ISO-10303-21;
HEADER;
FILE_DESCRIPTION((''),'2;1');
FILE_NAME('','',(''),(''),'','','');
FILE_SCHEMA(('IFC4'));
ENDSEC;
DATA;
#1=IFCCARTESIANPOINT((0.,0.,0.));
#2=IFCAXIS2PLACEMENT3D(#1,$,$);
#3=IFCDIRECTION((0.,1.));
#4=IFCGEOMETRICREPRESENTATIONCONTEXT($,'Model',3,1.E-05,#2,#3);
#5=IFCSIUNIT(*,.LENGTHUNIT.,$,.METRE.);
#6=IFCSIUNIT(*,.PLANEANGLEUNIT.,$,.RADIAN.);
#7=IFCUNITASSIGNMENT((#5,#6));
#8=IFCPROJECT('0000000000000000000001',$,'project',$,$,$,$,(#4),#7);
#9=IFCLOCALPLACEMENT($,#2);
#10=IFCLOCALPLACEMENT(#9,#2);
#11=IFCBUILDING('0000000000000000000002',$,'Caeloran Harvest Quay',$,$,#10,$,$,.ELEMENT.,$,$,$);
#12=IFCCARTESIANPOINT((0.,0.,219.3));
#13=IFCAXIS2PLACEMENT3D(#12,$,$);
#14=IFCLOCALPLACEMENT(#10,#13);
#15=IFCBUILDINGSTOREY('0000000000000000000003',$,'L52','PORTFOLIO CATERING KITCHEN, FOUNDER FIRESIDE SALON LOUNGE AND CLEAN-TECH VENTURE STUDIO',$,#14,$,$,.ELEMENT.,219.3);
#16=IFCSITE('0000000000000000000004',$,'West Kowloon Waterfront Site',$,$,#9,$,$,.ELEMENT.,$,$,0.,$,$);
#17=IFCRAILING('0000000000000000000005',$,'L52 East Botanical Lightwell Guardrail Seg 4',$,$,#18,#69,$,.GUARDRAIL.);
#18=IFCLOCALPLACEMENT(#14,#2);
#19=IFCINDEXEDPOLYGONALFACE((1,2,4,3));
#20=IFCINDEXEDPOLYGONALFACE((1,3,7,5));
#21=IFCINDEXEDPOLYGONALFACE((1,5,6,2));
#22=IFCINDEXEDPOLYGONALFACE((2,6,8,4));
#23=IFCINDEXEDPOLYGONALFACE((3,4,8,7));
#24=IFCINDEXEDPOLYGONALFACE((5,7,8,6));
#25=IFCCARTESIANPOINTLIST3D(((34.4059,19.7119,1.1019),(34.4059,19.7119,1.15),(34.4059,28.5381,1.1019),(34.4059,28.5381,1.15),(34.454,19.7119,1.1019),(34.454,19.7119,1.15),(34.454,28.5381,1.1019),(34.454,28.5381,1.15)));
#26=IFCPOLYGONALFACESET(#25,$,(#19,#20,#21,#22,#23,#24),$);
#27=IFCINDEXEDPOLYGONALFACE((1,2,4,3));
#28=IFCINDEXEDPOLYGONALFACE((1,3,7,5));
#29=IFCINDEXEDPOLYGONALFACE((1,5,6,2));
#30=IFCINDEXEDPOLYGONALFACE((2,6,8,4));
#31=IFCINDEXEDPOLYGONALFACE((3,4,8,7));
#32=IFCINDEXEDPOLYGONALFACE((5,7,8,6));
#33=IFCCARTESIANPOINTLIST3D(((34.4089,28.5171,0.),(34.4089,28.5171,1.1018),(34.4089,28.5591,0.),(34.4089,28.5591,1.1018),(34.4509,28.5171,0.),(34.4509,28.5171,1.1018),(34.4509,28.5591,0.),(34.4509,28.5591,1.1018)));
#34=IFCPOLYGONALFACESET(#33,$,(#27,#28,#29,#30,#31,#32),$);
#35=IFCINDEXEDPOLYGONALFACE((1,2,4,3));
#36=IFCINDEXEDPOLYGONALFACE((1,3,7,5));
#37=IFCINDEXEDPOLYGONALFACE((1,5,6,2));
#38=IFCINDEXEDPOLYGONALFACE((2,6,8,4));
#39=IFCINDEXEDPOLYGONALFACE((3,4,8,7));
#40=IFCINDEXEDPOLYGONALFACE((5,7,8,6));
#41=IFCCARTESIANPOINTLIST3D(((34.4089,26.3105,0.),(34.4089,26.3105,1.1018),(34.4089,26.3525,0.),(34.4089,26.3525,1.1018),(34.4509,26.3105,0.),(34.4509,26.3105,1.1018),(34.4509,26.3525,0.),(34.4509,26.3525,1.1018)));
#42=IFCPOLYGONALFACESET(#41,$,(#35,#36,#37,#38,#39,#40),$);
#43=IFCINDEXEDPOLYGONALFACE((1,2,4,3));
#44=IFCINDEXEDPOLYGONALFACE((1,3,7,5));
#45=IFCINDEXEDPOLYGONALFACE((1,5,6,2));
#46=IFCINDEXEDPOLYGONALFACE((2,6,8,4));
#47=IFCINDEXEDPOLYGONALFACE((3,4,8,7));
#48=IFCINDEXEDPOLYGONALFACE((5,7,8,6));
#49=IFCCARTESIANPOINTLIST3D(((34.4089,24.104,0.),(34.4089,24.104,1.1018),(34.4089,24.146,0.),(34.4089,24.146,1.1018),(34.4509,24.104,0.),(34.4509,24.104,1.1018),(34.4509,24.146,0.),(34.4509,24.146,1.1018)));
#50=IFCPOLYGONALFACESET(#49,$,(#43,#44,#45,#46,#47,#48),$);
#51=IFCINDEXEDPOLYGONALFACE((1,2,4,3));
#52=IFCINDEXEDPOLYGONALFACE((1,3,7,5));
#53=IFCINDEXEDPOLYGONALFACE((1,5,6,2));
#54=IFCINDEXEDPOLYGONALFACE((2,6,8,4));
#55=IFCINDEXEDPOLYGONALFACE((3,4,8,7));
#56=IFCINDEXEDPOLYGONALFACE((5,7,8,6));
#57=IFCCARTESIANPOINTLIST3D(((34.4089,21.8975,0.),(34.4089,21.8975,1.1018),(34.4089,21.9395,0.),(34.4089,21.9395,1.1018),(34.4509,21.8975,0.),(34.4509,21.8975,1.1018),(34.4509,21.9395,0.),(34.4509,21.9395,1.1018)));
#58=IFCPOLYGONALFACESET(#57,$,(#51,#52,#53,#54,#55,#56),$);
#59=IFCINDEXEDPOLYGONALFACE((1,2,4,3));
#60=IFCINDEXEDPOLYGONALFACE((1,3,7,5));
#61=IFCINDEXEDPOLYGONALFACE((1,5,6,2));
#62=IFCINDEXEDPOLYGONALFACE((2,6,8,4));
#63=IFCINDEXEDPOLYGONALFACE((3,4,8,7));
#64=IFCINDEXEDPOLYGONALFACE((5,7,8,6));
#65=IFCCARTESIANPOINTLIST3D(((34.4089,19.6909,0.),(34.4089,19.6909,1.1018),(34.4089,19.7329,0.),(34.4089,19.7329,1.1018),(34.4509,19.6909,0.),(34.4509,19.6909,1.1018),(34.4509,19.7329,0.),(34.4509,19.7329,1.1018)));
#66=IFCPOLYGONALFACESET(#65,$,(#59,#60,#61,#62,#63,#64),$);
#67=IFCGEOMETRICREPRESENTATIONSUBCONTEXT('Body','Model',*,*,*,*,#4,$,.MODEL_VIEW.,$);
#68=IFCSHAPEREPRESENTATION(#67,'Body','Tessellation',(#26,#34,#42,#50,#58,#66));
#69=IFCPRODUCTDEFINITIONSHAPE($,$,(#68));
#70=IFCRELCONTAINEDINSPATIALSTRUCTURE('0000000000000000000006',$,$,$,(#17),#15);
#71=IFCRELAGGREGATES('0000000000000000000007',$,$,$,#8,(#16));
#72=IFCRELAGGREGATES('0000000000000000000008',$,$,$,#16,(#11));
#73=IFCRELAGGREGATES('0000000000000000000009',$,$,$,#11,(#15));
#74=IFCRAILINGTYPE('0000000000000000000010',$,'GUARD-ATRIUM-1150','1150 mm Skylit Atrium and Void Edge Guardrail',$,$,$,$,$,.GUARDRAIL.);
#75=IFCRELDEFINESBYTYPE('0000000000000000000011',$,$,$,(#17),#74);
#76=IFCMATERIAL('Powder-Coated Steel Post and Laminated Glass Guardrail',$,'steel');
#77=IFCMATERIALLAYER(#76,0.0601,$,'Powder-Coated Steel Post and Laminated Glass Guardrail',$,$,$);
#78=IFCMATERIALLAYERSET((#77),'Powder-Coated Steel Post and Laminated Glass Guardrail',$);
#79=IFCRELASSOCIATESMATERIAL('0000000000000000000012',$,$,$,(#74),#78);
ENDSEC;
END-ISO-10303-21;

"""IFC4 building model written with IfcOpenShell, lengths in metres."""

from ifc_helpers import new_model, si_unit, direction, frame, origin, origin_2d, place, context, subcontext, project, spatial, rectangle, extrude, material, layer, layer_set, type_object, element, save


model = new_model("IFC4")

# Units and contexts
model_context = context("Model", 3, precision=1e-05, world=origin(), true_north=direction((0.0, 1.0)))
body_context = subcontext(model_context, "Body", "Model", "MODEL_VIEW")
ifc_project = project(units=[si_unit("LENGTHUNIT", "METRE"), si_unit("PLANEANGLEUNIT", "RADIAN")], contexts=[model_context])

# Site, building, storey
site_placement = place(None, origin())
site = spatial("IfcSite", under=ifc_project, at=site_placement, Name="West Kowloon Waterfront Site", CompositionType="ELEMENT", RefElevation=0.0)
building_placement = place(site_placement, origin())
building = spatial("IfcBuilding", under=site, at=building_placement, Name="Caeloran Harvest Quay", CompositionType="ELEMENT")
storey_placement = place(building_placement, frame((0.0, 0.0, 219.3)))
storey = spatial("IfcBuildingStorey", under=building, at=storey_placement, Name="L52", Description="PORTFOLIO CATERING KITCHEN, FOUNDER FIRESIDE SALON LOUNGE AND CLEAN-TECH VENTURE STUDIO", CompositionType="ELEMENT", Elevation=219.3)

# Railing
ifc_material_1 = material(Name="Powder-Coated Steel Post and Laminated Glass Guardrail", Category="steel")
ifc_layer_1 = layer(ifc_material_1, 0.0601, Name="Powder-Coated Steel Post and Laminated Glass Guardrail")
ifc_layer_set_1 = layer_set([ifc_layer_1], Name="Powder-Coated Steel Post and Laminated Glass Guardrail")
railing_type = type_object("IfcRailingType", Name="GUARD-ATRIUM-1150", Description="1150 mm Skylit Atrium and Void Edge Guardrail", PredefinedType="GUARDRAIL", material=ifc_layer_set_1)
railing_1_placement = place(storey_placement, frame((34.4299, 28.5381, 0.0)))
element("IfcRailing", 1, at=railing_1_placement, inside=storey, type_object=railing_type, Name="L52 East Botanical Lightwell Guardrail Seg 4", PredefinedType="GUARDRAIL", context=body_context, shape_type="SweptSolid", body=[
    extrude(rectangle(XDim=0.0481, YDim=0.0481, at=origin_2d()), frame((0.0, 0.0, 1.126), z_axis=(0.0, -1.0, 0.0), x_axis=(1.0, 0.0, 0.0)), (0.0, 0.0, 1.0), 8.8262),
    extrude(rectangle(XDim=0.042, YDim=0.042, at=origin_2d()), origin(), (0.0, 0.0, 1.0), 1.1018),
    extrude(rectangle(XDim=0.042, YDim=0.042, at=origin_2d()), frame((0.0, -2.2065, 0.0)), (0.0, 0.0, 1.0), 1.1018),
    extrude(rectangle(XDim=0.042, YDim=0.042, at=origin_2d()), frame((0.0, -4.4131, 0.0)), (0.0, 0.0, 1.0), 1.1018),
    extrude(rectangle(XDim=0.042, YDim=0.042, at=origin_2d()), frame((0.0, -6.6196, 0.0)), (0.0, 0.0, 1.0), 1.1018),
    extrude(rectangle(XDim=0.042, YDim=0.042, at=origin_2d()), frame((0.0, -8.8262, 0.0)), (0.0, 0.0, 1.0), 1.1018),
])

save(model, "model.ifc")
